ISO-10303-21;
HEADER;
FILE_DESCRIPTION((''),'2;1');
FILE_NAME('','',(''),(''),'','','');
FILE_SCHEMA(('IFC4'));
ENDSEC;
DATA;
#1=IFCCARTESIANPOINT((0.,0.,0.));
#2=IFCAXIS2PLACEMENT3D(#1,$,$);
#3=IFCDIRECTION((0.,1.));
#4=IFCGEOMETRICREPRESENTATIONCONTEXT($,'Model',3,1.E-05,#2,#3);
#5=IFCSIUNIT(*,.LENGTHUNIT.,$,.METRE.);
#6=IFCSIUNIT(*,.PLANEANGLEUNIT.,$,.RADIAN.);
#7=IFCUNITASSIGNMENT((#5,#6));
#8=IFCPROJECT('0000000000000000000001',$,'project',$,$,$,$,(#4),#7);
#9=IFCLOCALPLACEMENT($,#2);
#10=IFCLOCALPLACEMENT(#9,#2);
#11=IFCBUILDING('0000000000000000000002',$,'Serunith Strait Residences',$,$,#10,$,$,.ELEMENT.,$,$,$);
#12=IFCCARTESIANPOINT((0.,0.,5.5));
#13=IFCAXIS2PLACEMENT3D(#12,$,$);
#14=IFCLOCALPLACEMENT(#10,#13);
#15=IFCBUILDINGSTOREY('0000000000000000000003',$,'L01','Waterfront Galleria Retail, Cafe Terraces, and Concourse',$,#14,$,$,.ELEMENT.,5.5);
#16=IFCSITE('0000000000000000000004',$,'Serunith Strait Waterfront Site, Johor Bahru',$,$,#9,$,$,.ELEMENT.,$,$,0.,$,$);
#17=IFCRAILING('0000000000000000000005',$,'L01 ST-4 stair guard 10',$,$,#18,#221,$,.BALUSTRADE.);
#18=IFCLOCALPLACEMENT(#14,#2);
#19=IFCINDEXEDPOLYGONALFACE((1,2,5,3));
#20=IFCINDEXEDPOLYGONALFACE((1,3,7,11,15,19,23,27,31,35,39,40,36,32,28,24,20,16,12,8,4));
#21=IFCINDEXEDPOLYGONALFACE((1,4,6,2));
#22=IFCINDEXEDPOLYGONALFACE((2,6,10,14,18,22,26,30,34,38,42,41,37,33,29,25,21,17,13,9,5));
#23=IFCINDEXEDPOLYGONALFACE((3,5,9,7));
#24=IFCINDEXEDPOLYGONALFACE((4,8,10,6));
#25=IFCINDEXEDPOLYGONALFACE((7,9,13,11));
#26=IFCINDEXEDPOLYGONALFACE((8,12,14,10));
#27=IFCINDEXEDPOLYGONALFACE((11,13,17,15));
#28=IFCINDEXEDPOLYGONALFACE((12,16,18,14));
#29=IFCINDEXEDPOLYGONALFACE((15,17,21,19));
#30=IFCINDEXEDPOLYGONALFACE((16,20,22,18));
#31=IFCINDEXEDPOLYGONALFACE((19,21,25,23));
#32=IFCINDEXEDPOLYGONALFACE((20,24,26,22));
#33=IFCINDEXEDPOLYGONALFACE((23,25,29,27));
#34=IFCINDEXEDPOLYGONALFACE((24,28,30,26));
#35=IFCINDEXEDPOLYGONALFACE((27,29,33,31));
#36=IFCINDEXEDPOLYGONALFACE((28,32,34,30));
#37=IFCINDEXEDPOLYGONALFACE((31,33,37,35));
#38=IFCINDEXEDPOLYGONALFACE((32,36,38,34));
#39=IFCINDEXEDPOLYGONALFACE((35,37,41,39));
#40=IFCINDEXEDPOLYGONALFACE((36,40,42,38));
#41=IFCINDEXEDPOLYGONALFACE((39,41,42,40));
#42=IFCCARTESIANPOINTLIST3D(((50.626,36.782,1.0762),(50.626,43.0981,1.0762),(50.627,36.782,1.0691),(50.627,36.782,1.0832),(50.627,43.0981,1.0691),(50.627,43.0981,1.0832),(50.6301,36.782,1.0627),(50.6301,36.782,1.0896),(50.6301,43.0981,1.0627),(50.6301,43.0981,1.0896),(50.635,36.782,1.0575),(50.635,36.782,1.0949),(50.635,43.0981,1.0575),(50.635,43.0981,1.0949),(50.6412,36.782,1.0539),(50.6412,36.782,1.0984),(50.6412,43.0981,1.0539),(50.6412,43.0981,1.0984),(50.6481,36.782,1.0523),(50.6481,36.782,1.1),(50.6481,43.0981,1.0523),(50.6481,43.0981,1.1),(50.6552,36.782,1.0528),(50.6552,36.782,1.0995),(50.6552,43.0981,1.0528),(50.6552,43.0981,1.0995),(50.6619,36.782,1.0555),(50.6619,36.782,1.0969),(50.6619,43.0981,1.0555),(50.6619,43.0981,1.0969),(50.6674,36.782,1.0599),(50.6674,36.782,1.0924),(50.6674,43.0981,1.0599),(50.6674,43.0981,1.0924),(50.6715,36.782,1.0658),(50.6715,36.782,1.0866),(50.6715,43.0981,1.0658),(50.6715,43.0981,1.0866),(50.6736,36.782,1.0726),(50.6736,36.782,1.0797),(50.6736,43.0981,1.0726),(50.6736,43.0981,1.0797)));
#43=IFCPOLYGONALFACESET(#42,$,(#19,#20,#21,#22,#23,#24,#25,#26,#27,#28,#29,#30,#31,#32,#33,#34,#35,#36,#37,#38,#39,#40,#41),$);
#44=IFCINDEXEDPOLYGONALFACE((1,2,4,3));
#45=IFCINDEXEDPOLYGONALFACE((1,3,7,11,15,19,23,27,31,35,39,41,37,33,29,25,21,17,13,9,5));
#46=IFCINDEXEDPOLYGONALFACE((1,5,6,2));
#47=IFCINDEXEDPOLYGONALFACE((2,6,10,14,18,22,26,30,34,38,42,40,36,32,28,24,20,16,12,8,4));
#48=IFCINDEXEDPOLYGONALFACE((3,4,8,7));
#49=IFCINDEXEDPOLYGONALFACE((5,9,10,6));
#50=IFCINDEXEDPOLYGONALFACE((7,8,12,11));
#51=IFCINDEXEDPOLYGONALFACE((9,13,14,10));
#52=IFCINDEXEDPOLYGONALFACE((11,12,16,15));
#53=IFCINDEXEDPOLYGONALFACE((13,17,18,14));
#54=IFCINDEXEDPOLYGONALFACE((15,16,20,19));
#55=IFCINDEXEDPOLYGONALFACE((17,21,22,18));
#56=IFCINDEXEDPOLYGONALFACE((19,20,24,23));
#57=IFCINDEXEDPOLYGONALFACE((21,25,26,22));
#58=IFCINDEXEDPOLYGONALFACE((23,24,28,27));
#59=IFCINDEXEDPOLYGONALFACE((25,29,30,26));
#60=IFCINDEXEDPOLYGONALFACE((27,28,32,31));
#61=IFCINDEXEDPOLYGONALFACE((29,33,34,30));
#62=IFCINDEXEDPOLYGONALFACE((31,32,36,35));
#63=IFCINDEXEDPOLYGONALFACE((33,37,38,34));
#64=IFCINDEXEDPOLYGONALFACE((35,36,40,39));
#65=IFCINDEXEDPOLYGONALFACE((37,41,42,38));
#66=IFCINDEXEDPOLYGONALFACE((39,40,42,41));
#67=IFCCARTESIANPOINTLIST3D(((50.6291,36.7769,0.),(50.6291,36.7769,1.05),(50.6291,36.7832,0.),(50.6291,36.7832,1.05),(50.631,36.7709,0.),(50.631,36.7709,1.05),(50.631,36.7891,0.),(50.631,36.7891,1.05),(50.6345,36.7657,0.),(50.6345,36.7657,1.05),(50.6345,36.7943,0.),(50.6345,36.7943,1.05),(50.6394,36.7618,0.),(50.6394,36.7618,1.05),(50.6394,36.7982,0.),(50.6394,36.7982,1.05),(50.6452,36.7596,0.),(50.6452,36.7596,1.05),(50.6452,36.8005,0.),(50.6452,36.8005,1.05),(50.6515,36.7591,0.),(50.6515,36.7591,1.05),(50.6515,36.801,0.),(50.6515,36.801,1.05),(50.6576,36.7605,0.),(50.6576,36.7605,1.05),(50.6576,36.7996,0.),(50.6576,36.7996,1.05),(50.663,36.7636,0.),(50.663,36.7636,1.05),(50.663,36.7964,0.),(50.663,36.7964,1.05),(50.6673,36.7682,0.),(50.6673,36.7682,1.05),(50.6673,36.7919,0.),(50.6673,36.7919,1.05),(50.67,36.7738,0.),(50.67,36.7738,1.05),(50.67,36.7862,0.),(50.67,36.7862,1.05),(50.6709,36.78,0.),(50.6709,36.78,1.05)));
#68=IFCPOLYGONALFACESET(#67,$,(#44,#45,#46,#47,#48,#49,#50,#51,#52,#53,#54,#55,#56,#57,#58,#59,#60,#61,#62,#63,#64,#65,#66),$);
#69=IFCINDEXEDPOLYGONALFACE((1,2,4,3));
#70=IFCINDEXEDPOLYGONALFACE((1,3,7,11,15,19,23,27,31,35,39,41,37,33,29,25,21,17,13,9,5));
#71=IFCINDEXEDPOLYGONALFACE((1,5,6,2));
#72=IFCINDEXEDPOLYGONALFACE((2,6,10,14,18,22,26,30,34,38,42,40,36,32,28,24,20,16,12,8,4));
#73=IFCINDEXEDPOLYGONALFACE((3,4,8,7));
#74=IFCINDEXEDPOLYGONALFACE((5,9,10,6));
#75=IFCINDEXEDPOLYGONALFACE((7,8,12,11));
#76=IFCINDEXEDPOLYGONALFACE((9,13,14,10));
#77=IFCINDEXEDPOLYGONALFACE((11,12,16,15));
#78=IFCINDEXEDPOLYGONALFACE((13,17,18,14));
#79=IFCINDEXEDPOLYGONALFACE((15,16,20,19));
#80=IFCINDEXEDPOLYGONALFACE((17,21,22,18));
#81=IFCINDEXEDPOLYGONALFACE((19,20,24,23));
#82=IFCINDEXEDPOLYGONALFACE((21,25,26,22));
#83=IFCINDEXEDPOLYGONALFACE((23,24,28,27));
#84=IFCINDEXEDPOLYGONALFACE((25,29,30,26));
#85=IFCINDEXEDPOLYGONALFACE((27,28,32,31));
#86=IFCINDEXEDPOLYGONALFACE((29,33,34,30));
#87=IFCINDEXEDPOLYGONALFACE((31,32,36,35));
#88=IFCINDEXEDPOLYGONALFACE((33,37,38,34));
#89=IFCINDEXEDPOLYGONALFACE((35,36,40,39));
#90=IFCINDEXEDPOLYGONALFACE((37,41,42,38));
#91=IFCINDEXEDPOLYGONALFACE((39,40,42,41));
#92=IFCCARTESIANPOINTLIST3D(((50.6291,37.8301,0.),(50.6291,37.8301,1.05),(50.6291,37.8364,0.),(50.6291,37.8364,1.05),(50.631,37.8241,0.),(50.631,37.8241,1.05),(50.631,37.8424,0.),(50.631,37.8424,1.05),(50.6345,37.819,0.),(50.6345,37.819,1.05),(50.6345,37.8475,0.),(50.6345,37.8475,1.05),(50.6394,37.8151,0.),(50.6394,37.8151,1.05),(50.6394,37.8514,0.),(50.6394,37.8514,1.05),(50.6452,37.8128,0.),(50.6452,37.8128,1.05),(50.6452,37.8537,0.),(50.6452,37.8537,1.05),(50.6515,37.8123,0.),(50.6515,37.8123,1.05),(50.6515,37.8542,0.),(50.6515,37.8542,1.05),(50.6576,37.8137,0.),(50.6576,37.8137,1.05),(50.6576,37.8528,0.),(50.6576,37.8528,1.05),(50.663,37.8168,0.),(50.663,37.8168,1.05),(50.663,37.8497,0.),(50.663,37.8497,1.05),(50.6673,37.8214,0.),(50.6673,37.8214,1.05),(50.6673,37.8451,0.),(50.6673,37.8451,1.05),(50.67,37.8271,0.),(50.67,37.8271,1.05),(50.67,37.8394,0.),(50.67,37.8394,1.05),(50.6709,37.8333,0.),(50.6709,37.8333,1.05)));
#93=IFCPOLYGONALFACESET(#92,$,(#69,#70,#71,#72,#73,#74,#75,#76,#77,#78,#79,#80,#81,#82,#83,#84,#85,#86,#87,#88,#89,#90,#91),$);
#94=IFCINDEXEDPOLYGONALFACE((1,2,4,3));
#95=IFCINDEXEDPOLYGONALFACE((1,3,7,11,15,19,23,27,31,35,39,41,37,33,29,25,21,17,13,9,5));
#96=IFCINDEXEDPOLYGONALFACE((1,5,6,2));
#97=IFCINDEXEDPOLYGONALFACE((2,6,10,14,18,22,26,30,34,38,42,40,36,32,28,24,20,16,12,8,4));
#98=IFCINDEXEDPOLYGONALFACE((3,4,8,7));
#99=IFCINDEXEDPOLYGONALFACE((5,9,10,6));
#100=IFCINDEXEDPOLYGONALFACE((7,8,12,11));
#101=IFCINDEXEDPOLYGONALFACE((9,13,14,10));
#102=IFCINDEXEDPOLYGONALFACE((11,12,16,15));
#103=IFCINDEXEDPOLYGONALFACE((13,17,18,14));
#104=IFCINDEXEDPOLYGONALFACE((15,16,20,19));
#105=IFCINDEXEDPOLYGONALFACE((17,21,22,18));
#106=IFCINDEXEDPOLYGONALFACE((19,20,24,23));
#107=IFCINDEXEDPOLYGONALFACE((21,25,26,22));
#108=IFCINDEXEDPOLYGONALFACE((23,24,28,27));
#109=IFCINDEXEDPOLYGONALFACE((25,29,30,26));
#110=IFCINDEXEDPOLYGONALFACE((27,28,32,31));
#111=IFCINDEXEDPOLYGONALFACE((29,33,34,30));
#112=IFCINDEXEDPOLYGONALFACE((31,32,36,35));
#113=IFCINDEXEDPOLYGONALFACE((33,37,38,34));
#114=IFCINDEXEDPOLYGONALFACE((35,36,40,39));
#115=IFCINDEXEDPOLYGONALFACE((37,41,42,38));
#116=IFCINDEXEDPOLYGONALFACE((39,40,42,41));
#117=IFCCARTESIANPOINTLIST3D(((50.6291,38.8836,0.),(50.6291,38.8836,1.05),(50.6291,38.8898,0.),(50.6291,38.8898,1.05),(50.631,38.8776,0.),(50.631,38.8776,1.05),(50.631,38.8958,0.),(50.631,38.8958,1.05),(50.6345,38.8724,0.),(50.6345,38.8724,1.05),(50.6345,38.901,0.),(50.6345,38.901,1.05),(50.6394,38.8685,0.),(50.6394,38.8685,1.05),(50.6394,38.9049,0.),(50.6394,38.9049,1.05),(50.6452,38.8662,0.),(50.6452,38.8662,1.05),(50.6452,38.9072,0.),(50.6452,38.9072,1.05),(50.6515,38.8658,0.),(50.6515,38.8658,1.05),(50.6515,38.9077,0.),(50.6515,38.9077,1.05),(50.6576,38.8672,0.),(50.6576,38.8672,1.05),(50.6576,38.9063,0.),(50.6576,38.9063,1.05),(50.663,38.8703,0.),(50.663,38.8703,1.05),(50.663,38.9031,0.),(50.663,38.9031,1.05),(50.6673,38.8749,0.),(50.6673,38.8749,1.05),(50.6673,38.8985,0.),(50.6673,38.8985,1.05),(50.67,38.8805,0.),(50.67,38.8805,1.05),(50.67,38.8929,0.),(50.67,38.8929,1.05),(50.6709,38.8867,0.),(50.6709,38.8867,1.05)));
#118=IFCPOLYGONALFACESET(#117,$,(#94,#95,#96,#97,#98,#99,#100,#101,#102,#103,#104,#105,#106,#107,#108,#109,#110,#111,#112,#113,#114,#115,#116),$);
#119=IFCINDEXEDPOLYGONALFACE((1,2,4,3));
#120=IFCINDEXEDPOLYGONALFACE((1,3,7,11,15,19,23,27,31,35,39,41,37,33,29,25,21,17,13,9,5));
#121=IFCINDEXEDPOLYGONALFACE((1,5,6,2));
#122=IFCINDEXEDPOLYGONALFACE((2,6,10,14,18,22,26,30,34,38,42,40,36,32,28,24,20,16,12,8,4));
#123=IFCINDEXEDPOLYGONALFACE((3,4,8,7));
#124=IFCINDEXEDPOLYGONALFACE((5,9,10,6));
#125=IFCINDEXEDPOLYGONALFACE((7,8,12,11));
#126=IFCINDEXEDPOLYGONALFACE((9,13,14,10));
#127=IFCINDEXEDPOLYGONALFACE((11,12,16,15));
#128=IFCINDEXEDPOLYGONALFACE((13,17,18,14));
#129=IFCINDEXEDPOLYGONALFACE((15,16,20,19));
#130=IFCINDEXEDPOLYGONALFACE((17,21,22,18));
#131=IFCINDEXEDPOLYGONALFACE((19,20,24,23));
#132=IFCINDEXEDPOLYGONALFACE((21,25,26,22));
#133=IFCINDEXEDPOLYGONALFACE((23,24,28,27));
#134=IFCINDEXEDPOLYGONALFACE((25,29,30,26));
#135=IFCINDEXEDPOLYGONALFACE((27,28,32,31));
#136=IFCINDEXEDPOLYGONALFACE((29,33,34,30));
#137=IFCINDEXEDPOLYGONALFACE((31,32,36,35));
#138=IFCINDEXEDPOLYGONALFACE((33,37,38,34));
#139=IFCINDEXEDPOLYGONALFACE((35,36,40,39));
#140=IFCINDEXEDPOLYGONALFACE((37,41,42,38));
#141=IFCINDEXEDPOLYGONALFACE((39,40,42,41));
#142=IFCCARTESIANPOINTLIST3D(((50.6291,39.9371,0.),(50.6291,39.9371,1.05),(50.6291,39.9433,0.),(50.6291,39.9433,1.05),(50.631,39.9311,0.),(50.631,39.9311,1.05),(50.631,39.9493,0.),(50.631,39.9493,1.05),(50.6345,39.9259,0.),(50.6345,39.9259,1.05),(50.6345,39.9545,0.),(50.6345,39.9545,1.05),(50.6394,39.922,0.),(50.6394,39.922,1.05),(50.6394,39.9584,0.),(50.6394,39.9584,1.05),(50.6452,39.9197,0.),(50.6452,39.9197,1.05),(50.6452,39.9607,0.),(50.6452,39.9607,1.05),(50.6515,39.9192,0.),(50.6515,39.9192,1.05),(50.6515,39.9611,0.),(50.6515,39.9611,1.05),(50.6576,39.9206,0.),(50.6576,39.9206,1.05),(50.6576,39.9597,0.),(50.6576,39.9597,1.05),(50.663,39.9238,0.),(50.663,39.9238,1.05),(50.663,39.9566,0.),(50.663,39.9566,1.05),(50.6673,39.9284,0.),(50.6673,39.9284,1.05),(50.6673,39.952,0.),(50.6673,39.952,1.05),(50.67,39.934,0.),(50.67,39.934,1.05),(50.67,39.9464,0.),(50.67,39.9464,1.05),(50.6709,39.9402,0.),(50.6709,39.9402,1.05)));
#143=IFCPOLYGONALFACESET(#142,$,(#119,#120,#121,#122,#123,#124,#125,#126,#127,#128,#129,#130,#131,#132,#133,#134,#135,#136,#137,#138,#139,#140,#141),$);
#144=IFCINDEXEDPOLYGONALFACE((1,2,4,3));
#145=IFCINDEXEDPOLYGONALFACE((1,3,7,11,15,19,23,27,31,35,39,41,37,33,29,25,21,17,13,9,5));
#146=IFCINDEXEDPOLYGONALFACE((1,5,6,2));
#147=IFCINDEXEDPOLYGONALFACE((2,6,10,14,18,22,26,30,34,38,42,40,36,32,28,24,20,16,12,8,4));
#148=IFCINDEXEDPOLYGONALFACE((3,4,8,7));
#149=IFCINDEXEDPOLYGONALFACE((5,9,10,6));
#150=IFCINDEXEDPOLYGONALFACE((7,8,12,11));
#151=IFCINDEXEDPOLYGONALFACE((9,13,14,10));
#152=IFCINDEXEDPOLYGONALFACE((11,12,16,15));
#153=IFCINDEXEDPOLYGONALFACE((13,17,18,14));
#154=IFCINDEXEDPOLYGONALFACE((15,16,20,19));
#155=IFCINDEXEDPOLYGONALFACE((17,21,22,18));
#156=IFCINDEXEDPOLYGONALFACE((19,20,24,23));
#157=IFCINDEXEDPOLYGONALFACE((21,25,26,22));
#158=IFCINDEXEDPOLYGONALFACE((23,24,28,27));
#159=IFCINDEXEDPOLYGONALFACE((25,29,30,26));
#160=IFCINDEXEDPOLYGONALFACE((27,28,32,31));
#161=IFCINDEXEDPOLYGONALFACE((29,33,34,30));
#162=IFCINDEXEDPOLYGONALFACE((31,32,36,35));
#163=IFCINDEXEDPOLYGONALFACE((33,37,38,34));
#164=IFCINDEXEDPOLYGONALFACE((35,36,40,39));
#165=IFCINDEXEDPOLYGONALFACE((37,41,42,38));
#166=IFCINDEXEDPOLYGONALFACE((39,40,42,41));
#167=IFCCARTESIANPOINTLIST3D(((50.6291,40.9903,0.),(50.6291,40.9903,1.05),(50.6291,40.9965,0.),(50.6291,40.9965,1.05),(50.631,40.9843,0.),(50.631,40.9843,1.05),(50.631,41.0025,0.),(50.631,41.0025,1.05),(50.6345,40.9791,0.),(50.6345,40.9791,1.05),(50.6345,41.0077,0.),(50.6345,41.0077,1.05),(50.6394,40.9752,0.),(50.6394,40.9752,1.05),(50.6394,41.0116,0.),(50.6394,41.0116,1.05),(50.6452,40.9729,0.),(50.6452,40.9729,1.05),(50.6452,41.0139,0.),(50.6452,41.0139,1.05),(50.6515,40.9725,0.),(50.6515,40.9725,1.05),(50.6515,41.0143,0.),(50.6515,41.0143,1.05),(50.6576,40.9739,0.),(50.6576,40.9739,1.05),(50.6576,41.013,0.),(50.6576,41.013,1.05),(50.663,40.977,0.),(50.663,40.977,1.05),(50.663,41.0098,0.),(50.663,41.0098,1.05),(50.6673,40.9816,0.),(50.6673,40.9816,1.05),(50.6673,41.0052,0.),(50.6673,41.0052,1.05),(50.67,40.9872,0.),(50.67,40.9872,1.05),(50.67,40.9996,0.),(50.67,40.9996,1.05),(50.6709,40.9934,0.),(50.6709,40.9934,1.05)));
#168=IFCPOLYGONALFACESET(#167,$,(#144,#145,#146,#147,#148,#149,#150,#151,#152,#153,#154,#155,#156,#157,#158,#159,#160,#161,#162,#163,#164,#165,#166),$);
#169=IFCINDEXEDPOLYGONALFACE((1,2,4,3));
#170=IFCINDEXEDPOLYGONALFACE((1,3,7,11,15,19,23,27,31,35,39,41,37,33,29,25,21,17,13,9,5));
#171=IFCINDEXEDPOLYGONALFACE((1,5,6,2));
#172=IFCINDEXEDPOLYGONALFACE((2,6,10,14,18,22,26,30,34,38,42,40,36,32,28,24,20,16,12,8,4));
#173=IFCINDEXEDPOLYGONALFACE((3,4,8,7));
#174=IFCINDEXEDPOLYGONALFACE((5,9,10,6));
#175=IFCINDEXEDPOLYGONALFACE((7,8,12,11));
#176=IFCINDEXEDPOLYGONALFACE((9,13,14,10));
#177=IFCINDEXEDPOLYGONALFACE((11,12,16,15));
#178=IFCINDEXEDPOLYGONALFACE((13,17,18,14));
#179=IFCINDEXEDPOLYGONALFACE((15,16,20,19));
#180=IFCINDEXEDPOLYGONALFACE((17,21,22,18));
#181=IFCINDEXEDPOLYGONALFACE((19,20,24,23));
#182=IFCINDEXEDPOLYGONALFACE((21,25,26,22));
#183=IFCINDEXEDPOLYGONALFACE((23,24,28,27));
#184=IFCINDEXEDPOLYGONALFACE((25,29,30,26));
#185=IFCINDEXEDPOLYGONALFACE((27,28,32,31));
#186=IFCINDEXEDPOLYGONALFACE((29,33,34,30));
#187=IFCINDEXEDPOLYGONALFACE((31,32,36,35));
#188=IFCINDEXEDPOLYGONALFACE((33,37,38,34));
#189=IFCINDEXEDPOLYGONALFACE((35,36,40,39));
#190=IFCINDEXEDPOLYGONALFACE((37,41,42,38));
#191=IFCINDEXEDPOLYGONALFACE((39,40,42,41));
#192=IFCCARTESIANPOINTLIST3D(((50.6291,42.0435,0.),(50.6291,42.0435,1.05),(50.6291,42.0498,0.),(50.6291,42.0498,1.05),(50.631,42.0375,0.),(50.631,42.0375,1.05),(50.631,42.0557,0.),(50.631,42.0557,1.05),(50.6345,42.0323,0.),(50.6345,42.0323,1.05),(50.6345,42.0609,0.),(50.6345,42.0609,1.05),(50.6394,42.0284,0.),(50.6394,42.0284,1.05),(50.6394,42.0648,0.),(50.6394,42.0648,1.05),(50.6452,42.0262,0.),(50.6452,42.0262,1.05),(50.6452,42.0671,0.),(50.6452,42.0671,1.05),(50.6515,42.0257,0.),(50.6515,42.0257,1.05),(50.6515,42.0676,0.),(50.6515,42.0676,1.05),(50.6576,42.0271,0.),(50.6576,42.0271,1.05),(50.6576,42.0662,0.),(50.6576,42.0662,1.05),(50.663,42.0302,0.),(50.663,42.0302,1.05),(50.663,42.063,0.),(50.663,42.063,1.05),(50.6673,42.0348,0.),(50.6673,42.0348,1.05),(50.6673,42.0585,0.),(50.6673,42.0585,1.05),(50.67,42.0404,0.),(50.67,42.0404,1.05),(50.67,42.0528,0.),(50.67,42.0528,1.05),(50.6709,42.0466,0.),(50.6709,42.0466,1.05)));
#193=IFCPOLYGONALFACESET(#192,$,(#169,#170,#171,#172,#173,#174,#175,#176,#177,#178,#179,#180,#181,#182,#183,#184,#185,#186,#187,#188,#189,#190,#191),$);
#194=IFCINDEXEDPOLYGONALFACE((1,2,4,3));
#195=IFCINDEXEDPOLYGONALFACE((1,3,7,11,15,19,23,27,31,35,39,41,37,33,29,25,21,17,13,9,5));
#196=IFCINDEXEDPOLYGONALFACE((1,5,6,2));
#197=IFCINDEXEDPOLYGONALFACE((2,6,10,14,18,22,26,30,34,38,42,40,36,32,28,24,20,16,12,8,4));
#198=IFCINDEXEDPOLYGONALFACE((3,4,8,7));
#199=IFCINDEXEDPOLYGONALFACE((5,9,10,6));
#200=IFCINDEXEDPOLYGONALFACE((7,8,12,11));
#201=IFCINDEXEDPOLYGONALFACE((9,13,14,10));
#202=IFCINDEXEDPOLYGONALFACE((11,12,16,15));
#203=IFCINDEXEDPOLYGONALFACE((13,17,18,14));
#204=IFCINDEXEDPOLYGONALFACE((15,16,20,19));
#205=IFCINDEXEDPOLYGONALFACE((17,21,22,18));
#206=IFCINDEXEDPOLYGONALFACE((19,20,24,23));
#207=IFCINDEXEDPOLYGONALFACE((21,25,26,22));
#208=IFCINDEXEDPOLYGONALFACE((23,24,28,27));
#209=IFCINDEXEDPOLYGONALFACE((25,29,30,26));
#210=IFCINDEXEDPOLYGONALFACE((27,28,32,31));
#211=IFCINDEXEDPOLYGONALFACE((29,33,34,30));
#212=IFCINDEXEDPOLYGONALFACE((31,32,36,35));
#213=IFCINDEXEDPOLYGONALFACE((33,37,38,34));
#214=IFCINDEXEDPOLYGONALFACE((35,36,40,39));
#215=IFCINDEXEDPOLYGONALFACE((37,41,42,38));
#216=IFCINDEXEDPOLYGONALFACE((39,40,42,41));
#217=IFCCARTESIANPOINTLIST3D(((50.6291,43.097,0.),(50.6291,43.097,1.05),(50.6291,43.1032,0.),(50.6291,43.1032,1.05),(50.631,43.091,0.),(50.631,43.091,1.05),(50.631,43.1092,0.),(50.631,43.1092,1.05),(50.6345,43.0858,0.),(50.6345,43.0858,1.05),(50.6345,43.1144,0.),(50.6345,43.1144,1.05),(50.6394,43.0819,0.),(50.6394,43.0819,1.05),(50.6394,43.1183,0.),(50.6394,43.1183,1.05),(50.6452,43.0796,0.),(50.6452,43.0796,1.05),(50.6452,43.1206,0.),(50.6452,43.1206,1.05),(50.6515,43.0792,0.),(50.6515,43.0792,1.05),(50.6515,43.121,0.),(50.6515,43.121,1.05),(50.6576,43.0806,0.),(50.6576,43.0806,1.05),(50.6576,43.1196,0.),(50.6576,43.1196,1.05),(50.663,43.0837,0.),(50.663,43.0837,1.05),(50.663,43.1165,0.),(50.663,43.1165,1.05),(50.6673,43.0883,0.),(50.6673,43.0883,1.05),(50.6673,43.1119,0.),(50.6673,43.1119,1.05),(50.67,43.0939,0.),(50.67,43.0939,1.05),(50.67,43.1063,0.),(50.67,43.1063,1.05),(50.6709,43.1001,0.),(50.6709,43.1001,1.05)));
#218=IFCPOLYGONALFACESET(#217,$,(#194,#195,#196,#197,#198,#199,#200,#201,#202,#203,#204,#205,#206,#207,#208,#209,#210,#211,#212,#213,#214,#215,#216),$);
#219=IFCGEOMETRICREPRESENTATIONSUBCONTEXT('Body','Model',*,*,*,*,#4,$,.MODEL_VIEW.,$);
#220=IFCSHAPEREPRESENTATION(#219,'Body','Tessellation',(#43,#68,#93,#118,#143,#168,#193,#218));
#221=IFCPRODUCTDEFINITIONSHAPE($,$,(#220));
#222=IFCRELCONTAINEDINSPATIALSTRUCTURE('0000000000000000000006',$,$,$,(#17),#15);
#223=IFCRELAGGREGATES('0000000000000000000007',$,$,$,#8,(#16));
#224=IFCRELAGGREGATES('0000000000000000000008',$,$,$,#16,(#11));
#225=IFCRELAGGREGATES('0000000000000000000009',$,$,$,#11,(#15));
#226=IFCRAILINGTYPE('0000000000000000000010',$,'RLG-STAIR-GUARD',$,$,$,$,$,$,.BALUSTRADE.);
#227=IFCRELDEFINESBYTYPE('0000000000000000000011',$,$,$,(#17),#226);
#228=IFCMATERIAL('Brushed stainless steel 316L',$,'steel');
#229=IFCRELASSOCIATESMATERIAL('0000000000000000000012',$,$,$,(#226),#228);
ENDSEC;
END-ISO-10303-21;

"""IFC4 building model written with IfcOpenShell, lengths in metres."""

from ifc_helpers import new_model, si_unit, direction, frame, origin, origin_2d, place, context, subcontext, project, spatial, circle, extrude, material, type_object, element, save


model = new_model("IFC4")

# Units and contexts
model_context = context("Model", 3, precision=1e-05, world=origin(), true_north=direction((0.0, 1.0)))
body_context = subcontext(model_context, "Body", "Model", "MODEL_VIEW")
ifc_project = project(units=[si_unit("LENGTHUNIT", "METRE"), si_unit("PLANEANGLEUNIT", "RADIAN")], contexts=[model_context])

# Site, building, storey
site_placement = place(None, origin())
site = spatial("IfcSite", under=ifc_project, at=site_placement, Name="Serunith Strait Waterfront Site, Johor Bahru", CompositionType="ELEMENT", RefElevation=0.0)
building_placement = place(site_placement, origin())
building = spatial("IfcBuilding", under=site, at=building_placement, Name="Serunith Strait Residences", CompositionType="ELEMENT")
storey_placement = place(building_placement, frame((0.0, 0.0, 5.5)))
storey = spatial("IfcBuildingStorey", under=building, at=storey_placement, Name="L01", Description="Waterfront Galleria Retail, Cafe Terraces, and Concourse", CompositionType="ELEMENT", Elevation=5.5)

# Railing
ifc_material_1 = material(Name="Brushed stainless steel 316L", Category="steel")
railing_type_1 = type_object("IfcRailingType", Name="RLG-STAIR-GUARD", PredefinedType="BALUSTRADE", material=ifc_material_1)
railing_1_placement = place(storey_placement, frame((50.6499, 36.78, 0.0)))
element("IfcRailing", 1, at=railing_1_placement, inside=storey, type_object=railing_type_1, Name="L01 ST-4 stair guard 10", PredefinedType="BALUSTRADE", context=body_context, shape_type="SweptSolid", body=[
    extrude(circle(Radius=0.0239, at=origin_2d()), frame((0.0, 0.002, 1.0762), z_axis=(0.0, 1.0, 0.0), x_axis=(-1.0, 0.0, 0.0)), (0.0, 0.0, 1.0), 6.3162),
    extrude(circle(Radius=0.021, at=origin_2d()), origin(), (0.0, 0.0, 1.0), 1.05),
    extrude(circle(Radius=0.021, at=origin_2d()), frame((0.0, 1.0532, 0.0)), (0.0, 0.0, 1.0), 1.05),
    extrude(circle(Radius=0.021, at=origin_2d()), frame((0.0, 2.1067, 0.0)), (0.0, 0.0, 1.0), 1.05),
    extrude(circle(Radius=0.021, at=origin_2d()), frame((0.0, 3.1602, 0.0)), (0.0, 0.0, 1.0), 1.05),
    extrude(circle(Radius=0.021, at=origin_2d()), frame((0.0, 4.2134, 0.0)), (0.0, 0.0, 1.0), 1.05),
    extrude(circle(Radius=0.021, at=origin_2d()), frame((0.0, 5.2666, 0.0)), (0.0, 0.0, 1.0), 1.05),
    extrude(circle(Radius=0.021, at=origin_2d()), frame((0.0, 6.3201, 0.0)), (0.0, 0.0, 1.0), 1.05),
])

save(model, "model.ifc")
